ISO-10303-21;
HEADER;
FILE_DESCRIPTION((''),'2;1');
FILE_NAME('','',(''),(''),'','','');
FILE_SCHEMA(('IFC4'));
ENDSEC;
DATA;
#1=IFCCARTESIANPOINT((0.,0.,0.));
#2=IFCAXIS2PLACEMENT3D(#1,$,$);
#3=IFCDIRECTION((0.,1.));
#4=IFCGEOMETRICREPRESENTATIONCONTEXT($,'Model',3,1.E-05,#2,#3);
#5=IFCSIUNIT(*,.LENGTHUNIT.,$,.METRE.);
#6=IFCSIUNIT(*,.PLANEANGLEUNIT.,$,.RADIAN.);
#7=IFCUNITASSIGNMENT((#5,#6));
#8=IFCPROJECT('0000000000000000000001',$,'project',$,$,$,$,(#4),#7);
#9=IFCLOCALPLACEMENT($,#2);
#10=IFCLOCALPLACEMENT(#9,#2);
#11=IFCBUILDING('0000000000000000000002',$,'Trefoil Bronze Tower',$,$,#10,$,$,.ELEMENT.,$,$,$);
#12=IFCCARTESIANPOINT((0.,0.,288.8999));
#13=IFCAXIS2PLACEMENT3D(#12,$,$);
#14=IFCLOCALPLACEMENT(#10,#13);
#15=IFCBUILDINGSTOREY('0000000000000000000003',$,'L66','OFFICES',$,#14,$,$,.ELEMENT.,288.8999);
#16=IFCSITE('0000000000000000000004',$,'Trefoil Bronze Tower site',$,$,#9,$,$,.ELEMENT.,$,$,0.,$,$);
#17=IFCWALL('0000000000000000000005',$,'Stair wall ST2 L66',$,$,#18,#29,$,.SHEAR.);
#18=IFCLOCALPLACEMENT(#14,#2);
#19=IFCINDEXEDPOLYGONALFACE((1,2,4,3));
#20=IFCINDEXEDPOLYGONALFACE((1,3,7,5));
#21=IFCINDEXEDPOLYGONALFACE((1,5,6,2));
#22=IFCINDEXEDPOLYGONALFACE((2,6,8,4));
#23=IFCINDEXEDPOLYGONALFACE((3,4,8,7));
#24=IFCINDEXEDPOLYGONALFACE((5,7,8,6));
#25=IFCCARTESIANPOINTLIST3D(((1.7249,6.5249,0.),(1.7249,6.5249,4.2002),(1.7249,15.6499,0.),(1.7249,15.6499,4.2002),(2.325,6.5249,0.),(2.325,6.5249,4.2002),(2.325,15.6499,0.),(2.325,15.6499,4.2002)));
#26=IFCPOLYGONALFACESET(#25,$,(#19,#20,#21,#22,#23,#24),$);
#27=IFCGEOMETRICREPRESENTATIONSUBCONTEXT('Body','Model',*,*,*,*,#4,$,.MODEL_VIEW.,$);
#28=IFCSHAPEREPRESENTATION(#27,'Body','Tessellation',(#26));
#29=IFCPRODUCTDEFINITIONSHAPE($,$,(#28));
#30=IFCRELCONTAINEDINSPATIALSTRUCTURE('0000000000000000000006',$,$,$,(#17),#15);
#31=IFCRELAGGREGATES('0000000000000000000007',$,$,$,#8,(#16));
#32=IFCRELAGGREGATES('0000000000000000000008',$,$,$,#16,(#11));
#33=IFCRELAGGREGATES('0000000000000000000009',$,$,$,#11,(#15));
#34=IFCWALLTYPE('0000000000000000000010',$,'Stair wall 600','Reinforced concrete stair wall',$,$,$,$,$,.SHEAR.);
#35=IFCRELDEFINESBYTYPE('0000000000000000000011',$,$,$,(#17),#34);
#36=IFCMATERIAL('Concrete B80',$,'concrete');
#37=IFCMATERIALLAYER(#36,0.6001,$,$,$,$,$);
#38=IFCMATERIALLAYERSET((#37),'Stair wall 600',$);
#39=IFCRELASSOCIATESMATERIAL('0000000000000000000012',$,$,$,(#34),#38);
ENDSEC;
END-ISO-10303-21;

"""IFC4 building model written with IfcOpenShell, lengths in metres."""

from ifc_helpers import new_model, si_unit, direction, frame, frame_2d, origin, place, context, subcontext, project, spatial, rectangle, extrude, material, layer, layer_set, type_object, element, save


model = new_model("IFC4")

# Units and contexts
model_context = context("Model", 3, precision=1e-05, world=origin(), true_north=direction((0.0, 1.0)))
body_context = subcontext(model_context, "Body", "Model", "MODEL_VIEW")
ifc_project = project(units=[si_unit("LENGTHUNIT", "METRE"), si_unit("PLANEANGLEUNIT", "RADIAN")], contexts=[model_context])

# Site, building, storey
site_placement = place(None, origin())
site = spatial("IfcSite", under=ifc_project, at=site_placement, Name="Trefoil Bronze Tower site", CompositionType="ELEMENT", RefElevation=0.0)
building_placement = place(site_placement, origin())
building = spatial("IfcBuilding", under=site, at=building_placement, Name="Trefoil Bronze Tower", CompositionType="ELEMENT")
storey_placement = place(building_placement, frame((0.0, 0.0, 288.8999)))
storey = spatial("IfcBuildingStorey", under=building, at=storey_placement, Name="L66", Description="OFFICES", CompositionType="ELEMENT", Elevation=288.8999)

# Wall
ifc_material_1 = material(Name="Concrete B80", Category="concrete")
ifc_layer_1 = layer(ifc_material_1, 0.6001)
ifc_layer_set_1 = layer_set([ifc_layer_1], Name="Stair wall 600")
wall_type_1 = type_object("IfcWallType", Name="Stair wall 600", Description="Reinforced concrete stair wall", PredefinedType="SHEAR", material=ifc_layer_set_1)
wall_1_placement = place(storey_placement, frame((2.0249, 6.5249, 0.0), z_axis=(0.0, 0.0, 1.0), x_axis=(0.0, 1.0, 0.0)))
element("IfcWall", 1, at=wall_1_placement, inside=storey, type_object=wall_type_1, Name="Stair wall ST2 L66", PredefinedType="SHEAR", context=body_context, shape_type="SweptSolid", body=[
    extrude(rectangle(XDim=9.125, YDim=0.6001, at=frame_2d((4.5625, 0.0))), origin(), (0.0, 0.0, 1.0), 4.2002),
])

save(model, "model.ifc")
